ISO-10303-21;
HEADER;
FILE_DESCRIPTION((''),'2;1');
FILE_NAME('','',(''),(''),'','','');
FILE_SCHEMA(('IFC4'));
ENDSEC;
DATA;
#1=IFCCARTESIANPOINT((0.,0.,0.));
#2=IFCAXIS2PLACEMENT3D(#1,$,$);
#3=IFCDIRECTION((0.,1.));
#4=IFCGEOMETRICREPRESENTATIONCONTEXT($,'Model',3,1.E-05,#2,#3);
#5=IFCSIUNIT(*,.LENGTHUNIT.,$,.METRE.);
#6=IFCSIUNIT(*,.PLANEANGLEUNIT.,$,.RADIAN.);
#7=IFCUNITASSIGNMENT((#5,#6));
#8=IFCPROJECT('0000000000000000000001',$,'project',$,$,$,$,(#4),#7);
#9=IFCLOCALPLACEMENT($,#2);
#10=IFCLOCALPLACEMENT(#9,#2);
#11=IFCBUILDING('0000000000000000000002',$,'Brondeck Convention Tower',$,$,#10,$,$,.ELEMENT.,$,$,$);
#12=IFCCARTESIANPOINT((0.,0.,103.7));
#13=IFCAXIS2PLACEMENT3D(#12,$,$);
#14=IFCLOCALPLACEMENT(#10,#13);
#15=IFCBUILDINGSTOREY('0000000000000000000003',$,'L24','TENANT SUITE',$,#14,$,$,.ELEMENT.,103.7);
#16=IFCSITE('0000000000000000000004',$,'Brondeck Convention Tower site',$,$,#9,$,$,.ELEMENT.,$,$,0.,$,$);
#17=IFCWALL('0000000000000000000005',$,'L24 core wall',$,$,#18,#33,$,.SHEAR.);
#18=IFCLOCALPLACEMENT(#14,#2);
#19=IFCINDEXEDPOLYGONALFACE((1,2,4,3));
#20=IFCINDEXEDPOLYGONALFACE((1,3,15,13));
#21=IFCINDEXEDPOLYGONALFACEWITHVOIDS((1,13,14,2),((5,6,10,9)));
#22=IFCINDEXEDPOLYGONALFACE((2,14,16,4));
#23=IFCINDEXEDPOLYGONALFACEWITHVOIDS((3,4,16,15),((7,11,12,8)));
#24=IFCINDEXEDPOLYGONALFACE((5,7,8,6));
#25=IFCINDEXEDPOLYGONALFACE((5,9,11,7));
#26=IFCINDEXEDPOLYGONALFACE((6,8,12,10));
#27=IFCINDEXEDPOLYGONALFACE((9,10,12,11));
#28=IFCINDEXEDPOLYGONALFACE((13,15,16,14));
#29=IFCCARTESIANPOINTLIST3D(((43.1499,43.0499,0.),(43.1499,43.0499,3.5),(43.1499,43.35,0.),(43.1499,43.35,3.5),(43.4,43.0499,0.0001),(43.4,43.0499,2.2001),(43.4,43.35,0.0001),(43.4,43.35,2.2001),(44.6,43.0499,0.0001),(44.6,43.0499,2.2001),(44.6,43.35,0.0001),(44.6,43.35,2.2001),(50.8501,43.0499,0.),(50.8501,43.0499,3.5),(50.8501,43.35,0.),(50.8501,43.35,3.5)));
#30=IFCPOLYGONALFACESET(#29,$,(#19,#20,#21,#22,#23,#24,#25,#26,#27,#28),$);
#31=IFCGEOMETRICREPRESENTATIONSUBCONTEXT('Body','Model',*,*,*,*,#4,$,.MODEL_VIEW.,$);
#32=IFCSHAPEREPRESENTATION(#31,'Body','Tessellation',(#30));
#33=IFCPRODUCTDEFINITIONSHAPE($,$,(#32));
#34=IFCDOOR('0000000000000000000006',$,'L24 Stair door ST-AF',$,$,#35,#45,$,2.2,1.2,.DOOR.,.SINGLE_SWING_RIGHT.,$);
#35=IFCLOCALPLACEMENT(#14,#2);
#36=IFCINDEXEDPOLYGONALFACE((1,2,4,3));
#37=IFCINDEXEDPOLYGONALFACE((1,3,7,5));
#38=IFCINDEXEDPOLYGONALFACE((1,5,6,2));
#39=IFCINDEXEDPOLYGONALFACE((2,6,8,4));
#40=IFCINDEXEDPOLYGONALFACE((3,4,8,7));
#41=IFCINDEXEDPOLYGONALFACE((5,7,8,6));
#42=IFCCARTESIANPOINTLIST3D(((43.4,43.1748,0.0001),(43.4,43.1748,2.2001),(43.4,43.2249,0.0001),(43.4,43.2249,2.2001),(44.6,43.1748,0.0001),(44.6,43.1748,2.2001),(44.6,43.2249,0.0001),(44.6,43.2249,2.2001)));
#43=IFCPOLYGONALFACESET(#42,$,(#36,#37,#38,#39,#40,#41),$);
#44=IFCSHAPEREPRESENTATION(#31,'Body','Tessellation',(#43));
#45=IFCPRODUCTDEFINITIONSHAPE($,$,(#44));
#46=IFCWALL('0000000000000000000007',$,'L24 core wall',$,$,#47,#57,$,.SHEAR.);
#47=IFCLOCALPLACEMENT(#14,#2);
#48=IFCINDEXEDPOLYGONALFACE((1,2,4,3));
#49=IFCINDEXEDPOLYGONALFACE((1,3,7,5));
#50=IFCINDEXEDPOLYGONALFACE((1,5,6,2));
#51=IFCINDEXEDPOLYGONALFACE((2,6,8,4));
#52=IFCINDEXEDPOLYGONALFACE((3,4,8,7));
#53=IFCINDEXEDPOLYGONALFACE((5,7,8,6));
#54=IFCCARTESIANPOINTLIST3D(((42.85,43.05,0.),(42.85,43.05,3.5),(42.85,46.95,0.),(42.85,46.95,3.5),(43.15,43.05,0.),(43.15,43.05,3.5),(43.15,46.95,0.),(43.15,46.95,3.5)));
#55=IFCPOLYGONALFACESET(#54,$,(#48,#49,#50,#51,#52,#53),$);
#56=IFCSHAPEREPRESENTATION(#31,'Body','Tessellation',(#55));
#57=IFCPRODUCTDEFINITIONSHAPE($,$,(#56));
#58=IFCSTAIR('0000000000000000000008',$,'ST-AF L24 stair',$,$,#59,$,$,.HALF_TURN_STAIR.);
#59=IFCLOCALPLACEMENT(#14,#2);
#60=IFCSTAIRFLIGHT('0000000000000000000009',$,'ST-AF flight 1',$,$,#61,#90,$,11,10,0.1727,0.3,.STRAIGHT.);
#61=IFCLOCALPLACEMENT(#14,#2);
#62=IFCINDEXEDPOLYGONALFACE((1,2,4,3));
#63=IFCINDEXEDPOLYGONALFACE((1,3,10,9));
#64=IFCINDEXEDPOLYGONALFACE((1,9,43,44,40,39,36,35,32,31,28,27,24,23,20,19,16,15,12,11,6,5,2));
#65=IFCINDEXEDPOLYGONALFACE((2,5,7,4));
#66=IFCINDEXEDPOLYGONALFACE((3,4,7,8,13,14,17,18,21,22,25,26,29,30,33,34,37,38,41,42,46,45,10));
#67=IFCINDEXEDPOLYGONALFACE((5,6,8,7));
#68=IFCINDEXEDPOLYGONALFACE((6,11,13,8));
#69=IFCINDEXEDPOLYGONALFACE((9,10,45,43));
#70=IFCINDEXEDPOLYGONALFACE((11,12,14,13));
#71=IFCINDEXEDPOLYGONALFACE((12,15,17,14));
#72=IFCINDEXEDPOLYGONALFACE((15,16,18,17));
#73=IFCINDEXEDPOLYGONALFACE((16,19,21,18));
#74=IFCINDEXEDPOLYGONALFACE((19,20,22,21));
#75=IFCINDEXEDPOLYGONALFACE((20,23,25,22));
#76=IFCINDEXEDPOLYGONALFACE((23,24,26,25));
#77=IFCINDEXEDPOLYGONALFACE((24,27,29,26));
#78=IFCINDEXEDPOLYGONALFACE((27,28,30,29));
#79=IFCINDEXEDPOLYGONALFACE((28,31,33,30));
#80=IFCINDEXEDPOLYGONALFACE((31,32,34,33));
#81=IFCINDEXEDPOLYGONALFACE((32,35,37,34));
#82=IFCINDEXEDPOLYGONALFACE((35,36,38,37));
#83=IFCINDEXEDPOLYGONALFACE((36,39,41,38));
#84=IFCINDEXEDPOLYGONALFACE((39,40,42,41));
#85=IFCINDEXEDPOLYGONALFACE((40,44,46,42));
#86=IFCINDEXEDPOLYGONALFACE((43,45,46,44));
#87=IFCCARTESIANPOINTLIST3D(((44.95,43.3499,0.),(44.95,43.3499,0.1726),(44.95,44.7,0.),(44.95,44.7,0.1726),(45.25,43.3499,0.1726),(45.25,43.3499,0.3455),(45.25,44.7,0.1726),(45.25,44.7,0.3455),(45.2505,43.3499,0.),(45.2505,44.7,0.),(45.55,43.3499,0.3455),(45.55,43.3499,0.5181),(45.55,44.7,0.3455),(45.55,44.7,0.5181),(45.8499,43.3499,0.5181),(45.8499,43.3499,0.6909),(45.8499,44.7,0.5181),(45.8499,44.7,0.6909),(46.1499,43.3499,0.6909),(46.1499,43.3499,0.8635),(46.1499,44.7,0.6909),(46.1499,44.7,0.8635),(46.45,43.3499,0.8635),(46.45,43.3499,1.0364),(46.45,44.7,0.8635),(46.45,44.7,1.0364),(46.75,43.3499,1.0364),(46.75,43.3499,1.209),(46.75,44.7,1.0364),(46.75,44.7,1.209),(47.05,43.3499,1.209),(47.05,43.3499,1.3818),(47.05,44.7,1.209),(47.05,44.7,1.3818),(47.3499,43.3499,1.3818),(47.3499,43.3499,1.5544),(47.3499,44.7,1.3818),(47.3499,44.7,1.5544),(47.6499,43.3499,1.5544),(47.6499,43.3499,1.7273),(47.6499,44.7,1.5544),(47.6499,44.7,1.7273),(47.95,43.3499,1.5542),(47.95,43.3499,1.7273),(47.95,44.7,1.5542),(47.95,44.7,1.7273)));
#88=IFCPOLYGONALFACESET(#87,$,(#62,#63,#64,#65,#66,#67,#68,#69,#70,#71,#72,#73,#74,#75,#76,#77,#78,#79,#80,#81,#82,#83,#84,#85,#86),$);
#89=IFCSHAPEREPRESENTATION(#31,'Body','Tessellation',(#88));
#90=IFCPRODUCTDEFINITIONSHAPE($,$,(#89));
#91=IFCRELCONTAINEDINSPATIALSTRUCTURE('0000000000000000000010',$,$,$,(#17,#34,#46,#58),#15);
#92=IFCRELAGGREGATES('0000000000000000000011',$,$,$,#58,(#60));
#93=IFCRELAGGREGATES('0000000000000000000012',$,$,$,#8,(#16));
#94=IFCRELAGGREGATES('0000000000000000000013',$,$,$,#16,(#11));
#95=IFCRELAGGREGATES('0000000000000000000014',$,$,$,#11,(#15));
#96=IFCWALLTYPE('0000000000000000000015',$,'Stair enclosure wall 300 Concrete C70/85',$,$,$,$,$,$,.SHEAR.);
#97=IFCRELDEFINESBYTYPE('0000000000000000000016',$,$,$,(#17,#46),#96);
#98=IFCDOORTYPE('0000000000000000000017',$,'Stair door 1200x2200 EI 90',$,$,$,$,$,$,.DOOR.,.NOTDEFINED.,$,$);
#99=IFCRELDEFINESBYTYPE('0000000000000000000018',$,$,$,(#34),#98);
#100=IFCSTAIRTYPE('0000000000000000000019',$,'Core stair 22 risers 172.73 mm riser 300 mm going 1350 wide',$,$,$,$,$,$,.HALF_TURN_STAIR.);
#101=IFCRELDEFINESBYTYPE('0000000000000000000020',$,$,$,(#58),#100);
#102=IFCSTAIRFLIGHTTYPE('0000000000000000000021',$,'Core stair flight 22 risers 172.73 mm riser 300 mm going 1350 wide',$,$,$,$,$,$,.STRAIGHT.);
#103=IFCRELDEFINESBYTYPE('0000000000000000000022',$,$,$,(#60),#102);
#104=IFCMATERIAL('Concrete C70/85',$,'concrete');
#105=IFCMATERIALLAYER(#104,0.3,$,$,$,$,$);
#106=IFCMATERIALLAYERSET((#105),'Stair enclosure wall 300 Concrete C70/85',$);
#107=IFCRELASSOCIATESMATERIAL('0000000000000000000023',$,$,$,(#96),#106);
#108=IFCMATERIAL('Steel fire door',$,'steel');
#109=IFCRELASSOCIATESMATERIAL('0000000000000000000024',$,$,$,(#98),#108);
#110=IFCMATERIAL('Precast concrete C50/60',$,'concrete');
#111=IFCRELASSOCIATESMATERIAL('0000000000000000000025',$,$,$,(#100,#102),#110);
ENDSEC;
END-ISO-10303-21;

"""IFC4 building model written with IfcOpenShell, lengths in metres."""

from ifc_helpers import new_model, si_unit, direction, frame, frame_2d, origin, place, context, subcontext, project, spatial, polyline, rectangle, outline, extrude, material, layer, layer_set, type_object, element, fill, aggregate, save


model = new_model("IFC4")

# Units and contexts
model_context = context("Model", 3, precision=1e-05, world=origin(), true_north=direction((0.0, 1.0)))
body_context = subcontext(model_context, "Body", "Model", "MODEL_VIEW")
ifc_project = project(units=[si_unit("LENGTHUNIT", "METRE"), si_unit("PLANEANGLEUNIT", "RADIAN")], contexts=[model_context])

# Site, building, storey
site_placement = place(None, origin())
site = spatial("IfcSite", under=ifc_project, at=site_placement, Name="Brondeck Convention Tower site", CompositionType="ELEMENT", RefElevation=0.0)
building_placement = place(site_placement, origin())
building = spatial("IfcBuilding", under=site, at=building_placement, Name="Brondeck Convention Tower", CompositionType="ELEMENT")
storey_placement = place(building_placement, frame((0.0, 0.0, 103.7)))
storey = spatial("IfcBuildingStorey", under=building, at=storey_placement, Name="L24", Description="TENANT SUITE", CompositionType="ELEMENT", Elevation=103.7)

# Shared definitions
ifc_material_1 = material(Name="Concrete C70/85", Category="concrete")

# Wall, opening, door
ifc_layer_1 = layer(ifc_material_1, 0.3)
ifc_layer_set_1 = layer_set([ifc_layer_1], Name="Stair enclosure wall 300 Concrete C70/85")
wall_type_1 = type_object("IfcWallType", Name="Stair enclosure wall 300 Concrete C70/85", PredefinedType="SHEAR", material=ifc_layer_set_1)
wall_1_placement = place(storey_placement, frame((43.1499, 43.2, 0.0), z_axis=(0.0, 0.0, 1.0), x_axis=(1.0, 0.0, 0.0)))
wall_1 = element("IfcWall", 1, at=wall_1_placement, inside=storey, type_object=wall_type_1, Name="L24 core wall", PredefinedType="SHEAR", context=body_context, shape_type="SweptSolid", body=[
    extrude(rectangle(XDim=7.7002, YDim=0.3, at=frame_2d((3.8501, 0.0))), origin(), (0.0, 0.0, 1.0), 3.5),
])
opening_1_placement = place(wall_1_placement, frame((0.25, 0.0, 0.0)))
opening_1 = element("IfcOpeningElement", 2, at=opening_1_placement, cuts=wall_1, PredefinedType="OPENING", context=body_context, shape_type="SweptSolid", body=[
    extrude(rectangle(XDim=1.2, YDim=2.2, at=frame_2d((0.6001, 1.1001))), frame((0.0, 0.1599, 0.0), z_axis=(0.0, -1.0, 0.0), x_axis=(1.0, 0.0, 0.0)), (0.0, 0.0, 1.0), 0.3201),
])
ifc_material_2 = material(Name="Steel fire door", Category="steel")
door_type = type_object("IfcDoorType", Name="Stair door 1200x2200 EI 90", OperationType="NOTDEFINED", PredefinedType="DOOR", material=ifc_material_2)
door_placement = place(opening_1_placement, origin())
door = element("IfcDoor", 3, at=door_placement, inside=storey, type_object=door_type, Name="L24 Stair door ST-AF", OperationType="SINGLE_SWING_RIGHT", OverallHeight=2.2, OverallWidth=1.2, PredefinedType="DOOR", context=body_context, shape_type="SweptSolid", body=[
    extrude(rectangle(XDim=1.2, YDim=2.2, at=frame_2d((0.6001, 1.1001))), frame((0.0, 0.0249, 0.0), z_axis=(0.0, -1.0, 0.0), x_axis=(1.0, 0.0, 0.0)), (0.0, 0.0, 1.0), 0.05),
])
fill(opening_1, door)

# Wall
wall_2_placement = place(storey_placement, frame((43.0, 43.05, 0.0), z_axis=(0.0, 0.0, 1.0), x_axis=(0.0, 1.0, 0.0)))
element("IfcWall", 4, at=wall_2_placement, inside=storey, type_object=wall_type_1, Name="L24 core wall", PredefinedType="SHEAR", context=body_context, shape_type="SweptSolid", body=[
    extrude(rectangle(XDim=3.8999, YDim=0.3, at=frame_2d((1.95, 0.0))), origin(), (0.0, 0.0, 1.0), 3.5),
])

# Stair, stair flight
ifc_material_3 = material(Name="Precast concrete C50/60", Category="concrete")
stair_type = type_object("IfcStairType", Name="Core stair 22 risers 172.73 mm riser 300 mm going 1350 wide", PredefinedType="HALF_TURN_STAIR", material=ifc_material_3)
stair_placement = place(storey_placement, origin())
stair = element("IfcStair", 5, at=stair_placement, inside=storey, type_object=stair_type, Name="ST-AF L24 stair", PredefinedType="HALF_TURN_STAIR")
stair_flight_type = type_object("IfcStairFlightType", Name="Core stair flight 22 risers 172.73 mm riser 300 mm going 1350 wide", PredefinedType="STRAIGHT", material=ifc_material_3)
stair_flight_placement = place(storey_placement, frame((44.95, 44.0249, 0.0), z_axis=(0.0, 0.0, 1.0), x_axis=(1.0, 0.0, 0.0)))
stair_flight = element("IfcStairFlight", 6, at=stair_flight_placement, type_object=stair_flight_type, Name="ST-AF flight 1", NumberOfRisers=11, NumberOfTreads=10, PredefinedType="STRAIGHT", RiserHeight=0.1727, TreadLength=0.3, context=body_context, shape_type="SweptSolid", body=[
    extrude(outline(polyline([(0.0, 0.0), (0.0, 0.1726), (0.3, 0.1726), (0.3, 0.3455), (0.6001, 0.3455), (0.6001, 0.5181), (0.8999, 0.5181), (0.8999, 0.6909), (1.2, 0.6909), (1.2, 0.8635), (1.5, 0.8635), (1.5, 1.0364), (1.8, 1.0364), (1.8, 1.209), (2.1001, 1.209), (2.1001, 1.3818), (2.3999, 1.3818), (2.3999, 1.5544), (2.7, 1.5544), (2.7, 1.7273), (3.0, 1.7273), (3.0, 1.8999), (3.0, 1.5542), (0.3005, 0.0), (0.0, 0.0)])), frame((0.0, 0.675, 0.0), z_axis=(0.0, -1.0, 0.0), x_axis=(1.0, 0.0, 0.0)), (0.0, 0.0, 1.0), 1.3501),
])
aggregate(stair, [stair_flight])

save(model, "model.ifc")
